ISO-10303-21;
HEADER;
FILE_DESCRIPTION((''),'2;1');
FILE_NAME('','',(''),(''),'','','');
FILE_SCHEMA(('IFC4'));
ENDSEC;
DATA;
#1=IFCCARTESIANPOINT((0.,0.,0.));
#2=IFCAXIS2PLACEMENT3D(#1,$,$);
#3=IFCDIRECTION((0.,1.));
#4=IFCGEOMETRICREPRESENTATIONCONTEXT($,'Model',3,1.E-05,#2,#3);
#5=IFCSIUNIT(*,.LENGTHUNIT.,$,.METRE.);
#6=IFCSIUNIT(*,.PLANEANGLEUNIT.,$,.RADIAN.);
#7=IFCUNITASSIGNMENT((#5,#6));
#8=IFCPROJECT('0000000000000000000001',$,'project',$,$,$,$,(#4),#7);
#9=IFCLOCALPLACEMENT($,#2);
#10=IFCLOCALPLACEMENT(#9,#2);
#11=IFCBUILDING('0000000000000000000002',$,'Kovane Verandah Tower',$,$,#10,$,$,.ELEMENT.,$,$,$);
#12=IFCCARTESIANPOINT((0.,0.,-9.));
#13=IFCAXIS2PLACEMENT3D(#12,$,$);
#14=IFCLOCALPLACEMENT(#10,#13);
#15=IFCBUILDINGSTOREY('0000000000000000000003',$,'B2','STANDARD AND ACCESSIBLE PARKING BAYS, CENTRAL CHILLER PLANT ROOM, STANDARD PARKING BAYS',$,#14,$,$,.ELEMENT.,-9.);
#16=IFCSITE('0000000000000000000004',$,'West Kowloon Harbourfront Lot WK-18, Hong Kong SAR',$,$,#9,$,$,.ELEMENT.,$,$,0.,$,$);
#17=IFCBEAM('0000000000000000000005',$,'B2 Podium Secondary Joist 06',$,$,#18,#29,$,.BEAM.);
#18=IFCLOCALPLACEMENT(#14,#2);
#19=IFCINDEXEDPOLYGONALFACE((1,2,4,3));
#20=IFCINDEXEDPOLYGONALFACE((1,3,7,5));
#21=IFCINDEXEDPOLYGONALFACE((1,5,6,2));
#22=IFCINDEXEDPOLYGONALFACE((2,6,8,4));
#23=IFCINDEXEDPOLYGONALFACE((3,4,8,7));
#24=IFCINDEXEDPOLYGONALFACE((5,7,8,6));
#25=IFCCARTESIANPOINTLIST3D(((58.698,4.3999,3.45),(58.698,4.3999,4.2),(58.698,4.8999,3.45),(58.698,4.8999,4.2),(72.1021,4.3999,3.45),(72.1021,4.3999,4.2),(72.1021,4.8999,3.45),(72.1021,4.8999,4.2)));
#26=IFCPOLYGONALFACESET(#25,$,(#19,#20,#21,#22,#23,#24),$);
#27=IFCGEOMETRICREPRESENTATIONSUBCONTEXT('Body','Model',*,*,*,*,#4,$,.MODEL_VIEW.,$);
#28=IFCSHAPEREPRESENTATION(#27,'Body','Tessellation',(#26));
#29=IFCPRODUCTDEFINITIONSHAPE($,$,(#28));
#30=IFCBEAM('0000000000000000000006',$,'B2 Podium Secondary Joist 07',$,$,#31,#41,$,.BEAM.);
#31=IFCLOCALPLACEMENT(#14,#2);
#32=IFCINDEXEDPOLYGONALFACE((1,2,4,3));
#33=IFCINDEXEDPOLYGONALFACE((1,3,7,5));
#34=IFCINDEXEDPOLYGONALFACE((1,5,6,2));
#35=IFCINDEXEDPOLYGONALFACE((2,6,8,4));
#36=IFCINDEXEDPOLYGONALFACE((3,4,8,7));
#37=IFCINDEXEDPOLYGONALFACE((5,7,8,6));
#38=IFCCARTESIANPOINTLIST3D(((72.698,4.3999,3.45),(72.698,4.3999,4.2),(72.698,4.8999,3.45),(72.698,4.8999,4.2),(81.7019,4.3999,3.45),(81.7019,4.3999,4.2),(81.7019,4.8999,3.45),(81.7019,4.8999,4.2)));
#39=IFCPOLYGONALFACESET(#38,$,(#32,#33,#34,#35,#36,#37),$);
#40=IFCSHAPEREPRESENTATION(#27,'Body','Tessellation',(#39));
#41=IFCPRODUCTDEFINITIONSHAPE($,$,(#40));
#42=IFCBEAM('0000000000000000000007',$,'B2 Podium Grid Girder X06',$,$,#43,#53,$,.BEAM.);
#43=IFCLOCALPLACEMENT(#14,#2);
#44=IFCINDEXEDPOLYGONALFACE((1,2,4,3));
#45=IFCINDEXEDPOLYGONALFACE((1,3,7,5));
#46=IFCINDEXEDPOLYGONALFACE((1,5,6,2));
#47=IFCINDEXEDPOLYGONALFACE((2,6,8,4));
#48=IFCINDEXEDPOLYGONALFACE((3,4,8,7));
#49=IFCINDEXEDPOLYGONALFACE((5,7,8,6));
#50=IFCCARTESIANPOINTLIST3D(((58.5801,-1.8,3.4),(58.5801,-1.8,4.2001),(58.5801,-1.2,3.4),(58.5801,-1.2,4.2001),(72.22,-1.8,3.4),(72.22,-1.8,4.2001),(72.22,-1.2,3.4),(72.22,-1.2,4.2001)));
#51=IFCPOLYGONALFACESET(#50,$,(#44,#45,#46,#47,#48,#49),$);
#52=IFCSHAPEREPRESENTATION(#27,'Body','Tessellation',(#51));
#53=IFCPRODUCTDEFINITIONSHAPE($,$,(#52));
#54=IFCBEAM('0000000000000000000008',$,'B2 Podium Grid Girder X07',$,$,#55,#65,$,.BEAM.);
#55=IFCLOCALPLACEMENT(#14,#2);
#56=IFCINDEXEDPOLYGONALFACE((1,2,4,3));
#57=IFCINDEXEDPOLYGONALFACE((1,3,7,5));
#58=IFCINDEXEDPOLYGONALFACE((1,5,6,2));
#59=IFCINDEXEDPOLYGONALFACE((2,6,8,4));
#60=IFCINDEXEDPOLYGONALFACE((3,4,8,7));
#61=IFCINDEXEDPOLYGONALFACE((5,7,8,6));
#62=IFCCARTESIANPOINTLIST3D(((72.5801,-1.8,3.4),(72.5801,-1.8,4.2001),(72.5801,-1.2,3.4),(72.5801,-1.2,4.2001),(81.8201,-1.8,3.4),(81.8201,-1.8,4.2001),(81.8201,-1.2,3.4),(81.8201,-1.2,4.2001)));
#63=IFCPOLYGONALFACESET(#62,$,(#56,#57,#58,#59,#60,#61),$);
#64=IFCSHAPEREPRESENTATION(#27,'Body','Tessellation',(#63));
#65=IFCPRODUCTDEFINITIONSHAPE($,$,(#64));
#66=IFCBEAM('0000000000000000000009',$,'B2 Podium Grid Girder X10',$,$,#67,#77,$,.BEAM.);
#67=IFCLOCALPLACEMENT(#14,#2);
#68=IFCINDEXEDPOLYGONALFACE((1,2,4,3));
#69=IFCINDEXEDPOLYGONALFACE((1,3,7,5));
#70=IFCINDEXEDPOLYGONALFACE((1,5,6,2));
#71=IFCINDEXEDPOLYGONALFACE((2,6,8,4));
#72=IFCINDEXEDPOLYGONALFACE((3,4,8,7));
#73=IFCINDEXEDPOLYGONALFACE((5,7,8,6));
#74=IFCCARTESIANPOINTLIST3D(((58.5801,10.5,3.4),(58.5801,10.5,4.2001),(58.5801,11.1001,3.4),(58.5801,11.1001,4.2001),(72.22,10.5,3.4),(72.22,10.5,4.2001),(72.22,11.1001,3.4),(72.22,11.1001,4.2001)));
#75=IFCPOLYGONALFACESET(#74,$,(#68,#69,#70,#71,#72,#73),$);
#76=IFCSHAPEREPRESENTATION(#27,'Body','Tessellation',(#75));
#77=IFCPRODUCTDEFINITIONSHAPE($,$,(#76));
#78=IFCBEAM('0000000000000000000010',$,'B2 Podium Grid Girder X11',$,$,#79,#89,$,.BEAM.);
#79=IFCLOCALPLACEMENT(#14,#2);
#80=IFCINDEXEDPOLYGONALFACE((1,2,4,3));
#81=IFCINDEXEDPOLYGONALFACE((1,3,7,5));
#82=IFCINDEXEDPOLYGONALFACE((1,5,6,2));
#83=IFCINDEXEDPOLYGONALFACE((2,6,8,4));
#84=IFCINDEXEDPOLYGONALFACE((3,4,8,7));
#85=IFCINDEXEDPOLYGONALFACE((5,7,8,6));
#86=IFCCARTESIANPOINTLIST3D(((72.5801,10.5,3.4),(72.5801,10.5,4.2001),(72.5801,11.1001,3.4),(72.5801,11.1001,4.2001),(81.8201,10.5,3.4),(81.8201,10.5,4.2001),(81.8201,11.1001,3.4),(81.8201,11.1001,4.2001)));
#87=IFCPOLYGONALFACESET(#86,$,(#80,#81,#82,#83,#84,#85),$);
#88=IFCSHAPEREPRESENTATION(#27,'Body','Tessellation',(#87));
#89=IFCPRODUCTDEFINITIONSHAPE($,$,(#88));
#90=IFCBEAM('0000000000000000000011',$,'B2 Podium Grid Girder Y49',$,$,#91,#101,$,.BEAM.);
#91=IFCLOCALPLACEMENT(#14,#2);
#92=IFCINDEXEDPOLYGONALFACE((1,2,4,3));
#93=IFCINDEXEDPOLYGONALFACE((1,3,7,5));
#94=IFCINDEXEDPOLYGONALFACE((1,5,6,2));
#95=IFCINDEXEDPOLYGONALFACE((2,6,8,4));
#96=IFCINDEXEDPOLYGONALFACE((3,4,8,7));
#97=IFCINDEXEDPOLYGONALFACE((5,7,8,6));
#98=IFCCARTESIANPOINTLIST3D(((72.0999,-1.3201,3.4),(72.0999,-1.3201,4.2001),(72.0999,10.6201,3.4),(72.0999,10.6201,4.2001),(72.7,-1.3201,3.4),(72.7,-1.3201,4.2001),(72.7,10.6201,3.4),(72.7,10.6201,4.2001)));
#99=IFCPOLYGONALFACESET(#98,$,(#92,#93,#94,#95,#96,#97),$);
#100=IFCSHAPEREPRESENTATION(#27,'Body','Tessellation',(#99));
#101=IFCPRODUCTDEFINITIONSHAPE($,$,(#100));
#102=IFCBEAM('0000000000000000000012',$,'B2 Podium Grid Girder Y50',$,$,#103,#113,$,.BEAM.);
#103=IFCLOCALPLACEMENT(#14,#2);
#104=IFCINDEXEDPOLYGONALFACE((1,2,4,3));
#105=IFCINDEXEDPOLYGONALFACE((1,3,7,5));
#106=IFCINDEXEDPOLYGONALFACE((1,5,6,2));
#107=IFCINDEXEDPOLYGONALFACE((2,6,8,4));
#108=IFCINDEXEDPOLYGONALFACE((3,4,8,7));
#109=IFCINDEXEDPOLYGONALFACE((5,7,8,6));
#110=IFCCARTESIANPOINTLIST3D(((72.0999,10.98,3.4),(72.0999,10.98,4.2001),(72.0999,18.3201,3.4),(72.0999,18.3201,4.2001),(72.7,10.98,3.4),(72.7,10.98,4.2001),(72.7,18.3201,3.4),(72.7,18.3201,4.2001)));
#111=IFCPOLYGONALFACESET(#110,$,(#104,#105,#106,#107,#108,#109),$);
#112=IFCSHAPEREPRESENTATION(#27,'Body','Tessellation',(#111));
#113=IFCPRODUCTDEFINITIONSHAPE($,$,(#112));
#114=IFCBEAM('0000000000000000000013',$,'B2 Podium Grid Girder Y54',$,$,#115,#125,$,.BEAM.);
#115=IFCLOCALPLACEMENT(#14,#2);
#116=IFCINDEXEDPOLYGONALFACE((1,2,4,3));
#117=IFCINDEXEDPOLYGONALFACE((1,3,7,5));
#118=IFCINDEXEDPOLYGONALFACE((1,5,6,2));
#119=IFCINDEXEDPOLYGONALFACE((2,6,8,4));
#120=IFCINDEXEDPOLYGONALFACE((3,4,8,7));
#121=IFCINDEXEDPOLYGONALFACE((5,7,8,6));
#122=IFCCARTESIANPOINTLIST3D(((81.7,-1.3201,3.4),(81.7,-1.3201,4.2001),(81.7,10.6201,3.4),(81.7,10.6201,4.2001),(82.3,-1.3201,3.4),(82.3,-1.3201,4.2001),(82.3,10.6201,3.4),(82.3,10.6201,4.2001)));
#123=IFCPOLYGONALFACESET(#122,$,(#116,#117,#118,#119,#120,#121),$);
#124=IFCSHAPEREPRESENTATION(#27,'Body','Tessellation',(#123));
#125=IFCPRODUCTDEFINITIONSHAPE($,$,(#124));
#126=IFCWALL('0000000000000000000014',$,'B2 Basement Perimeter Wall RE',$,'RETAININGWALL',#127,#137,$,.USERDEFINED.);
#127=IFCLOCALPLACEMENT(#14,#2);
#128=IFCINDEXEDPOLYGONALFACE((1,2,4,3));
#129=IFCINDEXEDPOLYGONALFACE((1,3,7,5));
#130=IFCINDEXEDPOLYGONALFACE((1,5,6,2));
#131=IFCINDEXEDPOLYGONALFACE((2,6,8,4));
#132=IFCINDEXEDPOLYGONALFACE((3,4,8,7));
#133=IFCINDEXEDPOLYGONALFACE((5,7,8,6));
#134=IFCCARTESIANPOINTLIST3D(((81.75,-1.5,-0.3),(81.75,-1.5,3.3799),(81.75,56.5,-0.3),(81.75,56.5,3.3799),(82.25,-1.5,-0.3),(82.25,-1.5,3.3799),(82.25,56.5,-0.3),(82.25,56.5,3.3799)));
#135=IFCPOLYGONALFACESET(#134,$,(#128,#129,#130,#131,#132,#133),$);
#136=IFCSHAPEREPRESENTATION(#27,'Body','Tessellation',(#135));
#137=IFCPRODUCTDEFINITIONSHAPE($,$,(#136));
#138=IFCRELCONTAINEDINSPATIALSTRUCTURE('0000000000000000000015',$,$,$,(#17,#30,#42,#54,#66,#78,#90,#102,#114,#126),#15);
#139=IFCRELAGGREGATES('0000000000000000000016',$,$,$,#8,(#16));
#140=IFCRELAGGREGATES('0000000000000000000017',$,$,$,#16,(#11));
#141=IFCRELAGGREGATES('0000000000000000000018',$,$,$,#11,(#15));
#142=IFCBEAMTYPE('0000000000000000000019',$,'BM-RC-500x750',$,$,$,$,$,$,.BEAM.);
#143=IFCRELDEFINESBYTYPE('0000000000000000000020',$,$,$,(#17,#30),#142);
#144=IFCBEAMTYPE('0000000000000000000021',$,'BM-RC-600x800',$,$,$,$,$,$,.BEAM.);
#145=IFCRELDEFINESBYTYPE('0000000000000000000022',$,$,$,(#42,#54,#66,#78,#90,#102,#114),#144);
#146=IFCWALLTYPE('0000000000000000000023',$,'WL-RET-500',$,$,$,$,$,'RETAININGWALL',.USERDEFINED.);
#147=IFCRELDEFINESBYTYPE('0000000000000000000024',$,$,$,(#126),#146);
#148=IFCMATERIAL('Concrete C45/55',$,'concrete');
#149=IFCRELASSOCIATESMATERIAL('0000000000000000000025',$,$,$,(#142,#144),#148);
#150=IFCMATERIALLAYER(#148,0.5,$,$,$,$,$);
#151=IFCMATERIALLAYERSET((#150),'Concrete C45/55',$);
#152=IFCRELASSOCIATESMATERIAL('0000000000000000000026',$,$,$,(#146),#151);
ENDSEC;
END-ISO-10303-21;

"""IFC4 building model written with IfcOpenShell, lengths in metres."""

from ifc_helpers import new_model, si_unit, direction, frame, frame_2d, origin, origin_2d, place, context, subcontext, project, spatial, rectangle, extrude, material, layer, layer_set, material_profile, profile_set, type_object, element, save


model = new_model("IFC4")

# Units and contexts
model_context = context("Model", 3, precision=1e-05, world=origin(), true_north=direction((0.0, 1.0)))
body_context = subcontext(model_context, "Body", "Model", "MODEL_VIEW")
ifc_project = project(units=[si_unit("LENGTHUNIT", "METRE"), si_unit("PLANEANGLEUNIT", "RADIAN")], contexts=[model_context])

# Site, building, storey
site_placement = place(None, origin())
site = spatial("IfcSite", under=ifc_project, at=site_placement, Name="West Kowloon Harbourfront Lot WK-18, Hong Kong SAR", CompositionType="ELEMENT", RefElevation=0.0)
building_placement = place(site_placement, origin())
building = spatial("IfcBuilding", under=site, at=building_placement, Name="Kovane Verandah Tower", CompositionType="ELEMENT")
storey_placement = place(building_placement, frame((0.0, 0.0, -9.0)))
storey = spatial("IfcBuildingStorey", under=building, at=storey_placement, Name="B2", Description="STANDARD AND ACCESSIBLE PARKING BAYS, CENTRAL CHILLER PLANT ROOM, STANDARD PARKING BAYS", CompositionType="ELEMENT", Elevation=-9.0)

# Beams
ifc_material_1 = material(Name="Concrete C45/55", Category="concrete")
ifc_material_profile_1 = material_profile(ifc_material_1, rectangle(XDim=0.5, YDim=0.75, at=origin_2d()), Name="RCB500x750")
ifc_profile_set_1 = profile_set([ifc_material_profile_1], Name="Concrete C45/55")
beam_type_1 = type_object("IfcBeamType", Name="BM-RC-500x750", PredefinedType="BEAM", material=ifc_profile_set_1)
beam_1_placement = place(storey_placement, frame((58.698, 4.6499, 3.825), z_axis=(1.0, 0.0, 0.0), x_axis=(0.0, 1.0, 0.0)))
element("IfcBeam", 1, at=beam_1_placement, inside=storey, type_object=beam_type_1, Name="B2 Podium Secondary Joist 06", PredefinedType="BEAM", context=body_context, shape_type="SweptSolid", body=[
    extrude(rectangle(XDim=0.5, YDim=0.75, at=origin_2d()), origin(), (0.0, 0.0, 1.0), 13.4041),
])
beam_2_placement = place(storey_placement, frame((72.698, 4.6499, 3.825), z_axis=(1.0, 0.0, 0.0), x_axis=(0.0, 1.0, 0.0)))
element("IfcBeam", 2, at=beam_2_placement, inside=storey, type_object=beam_type_1, Name="B2 Podium Secondary Joist 07", PredefinedType="BEAM", context=body_context, shape_type="SweptSolid", body=[
    extrude(rectangle(XDim=0.5, YDim=0.75, at=origin_2d()), origin(), (0.0, 0.0, 1.0), 9.0039),
])
ifc_material_profile_2 = material_profile(ifc_material_1, rectangle(XDim=0.6001, YDim=0.8, at=origin_2d()), Name="RCB600x800")
ifc_profile_set_2 = profile_set([ifc_material_profile_2], Name="Concrete C45/55")
beam_type_2 = type_object("IfcBeamType", Name="BM-RC-600x800", PredefinedType="BEAM", material=ifc_profile_set_2)
beam_3_placement = place(storey_placement, frame((58.5801, -1.5, 3.8), z_axis=(1.0, 0.0, 0.0), x_axis=(0.0, 1.0, 0.0)))
element("IfcBeam", 3, at=beam_3_placement, inside=storey, type_object=beam_type_2, Name="B2 Podium Grid Girder X06", PredefinedType="BEAM", context=body_context, shape_type="SweptSolid", body=[
    extrude(rectangle(XDim=0.6001, YDim=0.8, at=origin_2d()), origin(), (0.0, 0.0, 1.0), 13.6399),
])
beam_4_placement = place(storey_placement, frame((72.5801, -1.5, 3.8), z_axis=(1.0, 0.0, 0.0), x_axis=(0.0, 1.0, 0.0)))
element("IfcBeam", 4, at=beam_4_placement, inside=storey, type_object=beam_type_2, Name="B2 Podium Grid Girder X07", PredefinedType="BEAM", context=body_context, shape_type="SweptSolid", body=[
    extrude(rectangle(XDim=0.6001, YDim=0.8, at=origin_2d()), origin(), (0.0, 0.0, 1.0), 9.24),
])
beam_5_placement = place(storey_placement, frame((58.5801, 10.8, 3.8), z_axis=(1.0, 0.0, 0.0), x_axis=(0.0, 1.0, 0.0)))
element("IfcBeam", 5, at=beam_5_placement, inside=storey, type_object=beam_type_2, Name="B2 Podium Grid Girder X10", PredefinedType="BEAM", context=body_context, shape_type="SweptSolid", body=[
    extrude(rectangle(XDim=0.6001, YDim=0.8, at=origin_2d()), origin(), (0.0, 0.0, 1.0), 13.6399),
])
beam_6_placement = place(storey_placement, frame((72.5801, 10.8, 3.8), z_axis=(1.0, 0.0, 0.0), x_axis=(0.0, 1.0, 0.0)))
element("IfcBeam", 6, at=beam_6_placement, inside=storey, type_object=beam_type_2, Name="B2 Podium Grid Girder X11", PredefinedType="BEAM", context=body_context, shape_type="SweptSolid", body=[
    extrude(rectangle(XDim=0.6001, YDim=0.8, at=origin_2d()), origin(), (0.0, 0.0, 1.0), 9.24),
])
beam_7_placement = place(storey_placement, frame((72.3999, -1.3201, 3.8), z_axis=(0.0, 1.0, 0.0), x_axis=(-1.0, 0.0, 0.0)))
element("IfcBeam", 7, at=beam_7_placement, inside=storey, type_object=beam_type_2, Name="B2 Podium Grid Girder Y49", PredefinedType="BEAM", context=body_context, shape_type="SweptSolid", body=[
    extrude(rectangle(XDim=0.6001, YDim=0.8, at=origin_2d()), origin(), (0.0, 0.0, 1.0), 11.9402),
])
beam_8_placement = place(storey_placement, frame((72.3999, 10.98, 3.8), z_axis=(0.0, 1.0, 0.0), x_axis=(-1.0, 0.0, 0.0)))
element("IfcBeam", 8, at=beam_8_placement, inside=storey, type_object=beam_type_2, Name="B2 Podium Grid Girder Y50", PredefinedType="BEAM", context=body_context, shape_type="SweptSolid", body=[
    extrude(rectangle(XDim=0.6001, YDim=0.8, at=origin_2d()), origin(), (0.0, 0.0, 1.0), 7.3401),
])
beam_9_placement = place(storey_placement, frame((82.0, -1.3201, 3.8), z_axis=(0.0, 1.0, 0.0), x_axis=(-1.0, 0.0, 0.0)))
element("IfcBeam", 9, at=beam_9_placement, inside=storey, type_object=beam_type_2, Name="B2 Podium Grid Girder Y54", PredefinedType="BEAM", context=body_context, shape_type="SweptSolid", body=[
    extrude(rectangle(XDim=0.6001, YDim=0.8, at=origin_2d()), origin(), (0.0, 0.0, 1.0), 11.9402),
])

# Wall
ifc_layer_1 = layer(ifc_material_1, 0.5)
ifc_layer_set_1 = layer_set([ifc_layer_1], Name="Concrete C45/55")
wall_type = type_object("IfcWallType", Name="WL-RET-500", ElementType="RETAININGWALL", PredefinedType="USERDEFINED", material=ifc_layer_set_1)
wall_placement = place(storey_placement, frame((82.0, -1.5, -0.3), z_axis=(0.0, 0.0, 1.0), x_axis=(0.0, 1.0, 0.0)))
element("IfcWall", 10, at=wall_placement, inside=storey, type_object=wall_type, Name="B2 Basement Perimeter Wall RE", ObjectType="RETAININGWALL", PredefinedType="USERDEFINED", context=body_context, shape_type="SweptSolid", body=[
    extrude(rectangle(XDim=58.0, YDim=0.5, at=frame_2d((29.0, 0.0))), origin(), (0.0, 0.0, 1.0), 3.6799),
])

save(model, "model.ifc")
